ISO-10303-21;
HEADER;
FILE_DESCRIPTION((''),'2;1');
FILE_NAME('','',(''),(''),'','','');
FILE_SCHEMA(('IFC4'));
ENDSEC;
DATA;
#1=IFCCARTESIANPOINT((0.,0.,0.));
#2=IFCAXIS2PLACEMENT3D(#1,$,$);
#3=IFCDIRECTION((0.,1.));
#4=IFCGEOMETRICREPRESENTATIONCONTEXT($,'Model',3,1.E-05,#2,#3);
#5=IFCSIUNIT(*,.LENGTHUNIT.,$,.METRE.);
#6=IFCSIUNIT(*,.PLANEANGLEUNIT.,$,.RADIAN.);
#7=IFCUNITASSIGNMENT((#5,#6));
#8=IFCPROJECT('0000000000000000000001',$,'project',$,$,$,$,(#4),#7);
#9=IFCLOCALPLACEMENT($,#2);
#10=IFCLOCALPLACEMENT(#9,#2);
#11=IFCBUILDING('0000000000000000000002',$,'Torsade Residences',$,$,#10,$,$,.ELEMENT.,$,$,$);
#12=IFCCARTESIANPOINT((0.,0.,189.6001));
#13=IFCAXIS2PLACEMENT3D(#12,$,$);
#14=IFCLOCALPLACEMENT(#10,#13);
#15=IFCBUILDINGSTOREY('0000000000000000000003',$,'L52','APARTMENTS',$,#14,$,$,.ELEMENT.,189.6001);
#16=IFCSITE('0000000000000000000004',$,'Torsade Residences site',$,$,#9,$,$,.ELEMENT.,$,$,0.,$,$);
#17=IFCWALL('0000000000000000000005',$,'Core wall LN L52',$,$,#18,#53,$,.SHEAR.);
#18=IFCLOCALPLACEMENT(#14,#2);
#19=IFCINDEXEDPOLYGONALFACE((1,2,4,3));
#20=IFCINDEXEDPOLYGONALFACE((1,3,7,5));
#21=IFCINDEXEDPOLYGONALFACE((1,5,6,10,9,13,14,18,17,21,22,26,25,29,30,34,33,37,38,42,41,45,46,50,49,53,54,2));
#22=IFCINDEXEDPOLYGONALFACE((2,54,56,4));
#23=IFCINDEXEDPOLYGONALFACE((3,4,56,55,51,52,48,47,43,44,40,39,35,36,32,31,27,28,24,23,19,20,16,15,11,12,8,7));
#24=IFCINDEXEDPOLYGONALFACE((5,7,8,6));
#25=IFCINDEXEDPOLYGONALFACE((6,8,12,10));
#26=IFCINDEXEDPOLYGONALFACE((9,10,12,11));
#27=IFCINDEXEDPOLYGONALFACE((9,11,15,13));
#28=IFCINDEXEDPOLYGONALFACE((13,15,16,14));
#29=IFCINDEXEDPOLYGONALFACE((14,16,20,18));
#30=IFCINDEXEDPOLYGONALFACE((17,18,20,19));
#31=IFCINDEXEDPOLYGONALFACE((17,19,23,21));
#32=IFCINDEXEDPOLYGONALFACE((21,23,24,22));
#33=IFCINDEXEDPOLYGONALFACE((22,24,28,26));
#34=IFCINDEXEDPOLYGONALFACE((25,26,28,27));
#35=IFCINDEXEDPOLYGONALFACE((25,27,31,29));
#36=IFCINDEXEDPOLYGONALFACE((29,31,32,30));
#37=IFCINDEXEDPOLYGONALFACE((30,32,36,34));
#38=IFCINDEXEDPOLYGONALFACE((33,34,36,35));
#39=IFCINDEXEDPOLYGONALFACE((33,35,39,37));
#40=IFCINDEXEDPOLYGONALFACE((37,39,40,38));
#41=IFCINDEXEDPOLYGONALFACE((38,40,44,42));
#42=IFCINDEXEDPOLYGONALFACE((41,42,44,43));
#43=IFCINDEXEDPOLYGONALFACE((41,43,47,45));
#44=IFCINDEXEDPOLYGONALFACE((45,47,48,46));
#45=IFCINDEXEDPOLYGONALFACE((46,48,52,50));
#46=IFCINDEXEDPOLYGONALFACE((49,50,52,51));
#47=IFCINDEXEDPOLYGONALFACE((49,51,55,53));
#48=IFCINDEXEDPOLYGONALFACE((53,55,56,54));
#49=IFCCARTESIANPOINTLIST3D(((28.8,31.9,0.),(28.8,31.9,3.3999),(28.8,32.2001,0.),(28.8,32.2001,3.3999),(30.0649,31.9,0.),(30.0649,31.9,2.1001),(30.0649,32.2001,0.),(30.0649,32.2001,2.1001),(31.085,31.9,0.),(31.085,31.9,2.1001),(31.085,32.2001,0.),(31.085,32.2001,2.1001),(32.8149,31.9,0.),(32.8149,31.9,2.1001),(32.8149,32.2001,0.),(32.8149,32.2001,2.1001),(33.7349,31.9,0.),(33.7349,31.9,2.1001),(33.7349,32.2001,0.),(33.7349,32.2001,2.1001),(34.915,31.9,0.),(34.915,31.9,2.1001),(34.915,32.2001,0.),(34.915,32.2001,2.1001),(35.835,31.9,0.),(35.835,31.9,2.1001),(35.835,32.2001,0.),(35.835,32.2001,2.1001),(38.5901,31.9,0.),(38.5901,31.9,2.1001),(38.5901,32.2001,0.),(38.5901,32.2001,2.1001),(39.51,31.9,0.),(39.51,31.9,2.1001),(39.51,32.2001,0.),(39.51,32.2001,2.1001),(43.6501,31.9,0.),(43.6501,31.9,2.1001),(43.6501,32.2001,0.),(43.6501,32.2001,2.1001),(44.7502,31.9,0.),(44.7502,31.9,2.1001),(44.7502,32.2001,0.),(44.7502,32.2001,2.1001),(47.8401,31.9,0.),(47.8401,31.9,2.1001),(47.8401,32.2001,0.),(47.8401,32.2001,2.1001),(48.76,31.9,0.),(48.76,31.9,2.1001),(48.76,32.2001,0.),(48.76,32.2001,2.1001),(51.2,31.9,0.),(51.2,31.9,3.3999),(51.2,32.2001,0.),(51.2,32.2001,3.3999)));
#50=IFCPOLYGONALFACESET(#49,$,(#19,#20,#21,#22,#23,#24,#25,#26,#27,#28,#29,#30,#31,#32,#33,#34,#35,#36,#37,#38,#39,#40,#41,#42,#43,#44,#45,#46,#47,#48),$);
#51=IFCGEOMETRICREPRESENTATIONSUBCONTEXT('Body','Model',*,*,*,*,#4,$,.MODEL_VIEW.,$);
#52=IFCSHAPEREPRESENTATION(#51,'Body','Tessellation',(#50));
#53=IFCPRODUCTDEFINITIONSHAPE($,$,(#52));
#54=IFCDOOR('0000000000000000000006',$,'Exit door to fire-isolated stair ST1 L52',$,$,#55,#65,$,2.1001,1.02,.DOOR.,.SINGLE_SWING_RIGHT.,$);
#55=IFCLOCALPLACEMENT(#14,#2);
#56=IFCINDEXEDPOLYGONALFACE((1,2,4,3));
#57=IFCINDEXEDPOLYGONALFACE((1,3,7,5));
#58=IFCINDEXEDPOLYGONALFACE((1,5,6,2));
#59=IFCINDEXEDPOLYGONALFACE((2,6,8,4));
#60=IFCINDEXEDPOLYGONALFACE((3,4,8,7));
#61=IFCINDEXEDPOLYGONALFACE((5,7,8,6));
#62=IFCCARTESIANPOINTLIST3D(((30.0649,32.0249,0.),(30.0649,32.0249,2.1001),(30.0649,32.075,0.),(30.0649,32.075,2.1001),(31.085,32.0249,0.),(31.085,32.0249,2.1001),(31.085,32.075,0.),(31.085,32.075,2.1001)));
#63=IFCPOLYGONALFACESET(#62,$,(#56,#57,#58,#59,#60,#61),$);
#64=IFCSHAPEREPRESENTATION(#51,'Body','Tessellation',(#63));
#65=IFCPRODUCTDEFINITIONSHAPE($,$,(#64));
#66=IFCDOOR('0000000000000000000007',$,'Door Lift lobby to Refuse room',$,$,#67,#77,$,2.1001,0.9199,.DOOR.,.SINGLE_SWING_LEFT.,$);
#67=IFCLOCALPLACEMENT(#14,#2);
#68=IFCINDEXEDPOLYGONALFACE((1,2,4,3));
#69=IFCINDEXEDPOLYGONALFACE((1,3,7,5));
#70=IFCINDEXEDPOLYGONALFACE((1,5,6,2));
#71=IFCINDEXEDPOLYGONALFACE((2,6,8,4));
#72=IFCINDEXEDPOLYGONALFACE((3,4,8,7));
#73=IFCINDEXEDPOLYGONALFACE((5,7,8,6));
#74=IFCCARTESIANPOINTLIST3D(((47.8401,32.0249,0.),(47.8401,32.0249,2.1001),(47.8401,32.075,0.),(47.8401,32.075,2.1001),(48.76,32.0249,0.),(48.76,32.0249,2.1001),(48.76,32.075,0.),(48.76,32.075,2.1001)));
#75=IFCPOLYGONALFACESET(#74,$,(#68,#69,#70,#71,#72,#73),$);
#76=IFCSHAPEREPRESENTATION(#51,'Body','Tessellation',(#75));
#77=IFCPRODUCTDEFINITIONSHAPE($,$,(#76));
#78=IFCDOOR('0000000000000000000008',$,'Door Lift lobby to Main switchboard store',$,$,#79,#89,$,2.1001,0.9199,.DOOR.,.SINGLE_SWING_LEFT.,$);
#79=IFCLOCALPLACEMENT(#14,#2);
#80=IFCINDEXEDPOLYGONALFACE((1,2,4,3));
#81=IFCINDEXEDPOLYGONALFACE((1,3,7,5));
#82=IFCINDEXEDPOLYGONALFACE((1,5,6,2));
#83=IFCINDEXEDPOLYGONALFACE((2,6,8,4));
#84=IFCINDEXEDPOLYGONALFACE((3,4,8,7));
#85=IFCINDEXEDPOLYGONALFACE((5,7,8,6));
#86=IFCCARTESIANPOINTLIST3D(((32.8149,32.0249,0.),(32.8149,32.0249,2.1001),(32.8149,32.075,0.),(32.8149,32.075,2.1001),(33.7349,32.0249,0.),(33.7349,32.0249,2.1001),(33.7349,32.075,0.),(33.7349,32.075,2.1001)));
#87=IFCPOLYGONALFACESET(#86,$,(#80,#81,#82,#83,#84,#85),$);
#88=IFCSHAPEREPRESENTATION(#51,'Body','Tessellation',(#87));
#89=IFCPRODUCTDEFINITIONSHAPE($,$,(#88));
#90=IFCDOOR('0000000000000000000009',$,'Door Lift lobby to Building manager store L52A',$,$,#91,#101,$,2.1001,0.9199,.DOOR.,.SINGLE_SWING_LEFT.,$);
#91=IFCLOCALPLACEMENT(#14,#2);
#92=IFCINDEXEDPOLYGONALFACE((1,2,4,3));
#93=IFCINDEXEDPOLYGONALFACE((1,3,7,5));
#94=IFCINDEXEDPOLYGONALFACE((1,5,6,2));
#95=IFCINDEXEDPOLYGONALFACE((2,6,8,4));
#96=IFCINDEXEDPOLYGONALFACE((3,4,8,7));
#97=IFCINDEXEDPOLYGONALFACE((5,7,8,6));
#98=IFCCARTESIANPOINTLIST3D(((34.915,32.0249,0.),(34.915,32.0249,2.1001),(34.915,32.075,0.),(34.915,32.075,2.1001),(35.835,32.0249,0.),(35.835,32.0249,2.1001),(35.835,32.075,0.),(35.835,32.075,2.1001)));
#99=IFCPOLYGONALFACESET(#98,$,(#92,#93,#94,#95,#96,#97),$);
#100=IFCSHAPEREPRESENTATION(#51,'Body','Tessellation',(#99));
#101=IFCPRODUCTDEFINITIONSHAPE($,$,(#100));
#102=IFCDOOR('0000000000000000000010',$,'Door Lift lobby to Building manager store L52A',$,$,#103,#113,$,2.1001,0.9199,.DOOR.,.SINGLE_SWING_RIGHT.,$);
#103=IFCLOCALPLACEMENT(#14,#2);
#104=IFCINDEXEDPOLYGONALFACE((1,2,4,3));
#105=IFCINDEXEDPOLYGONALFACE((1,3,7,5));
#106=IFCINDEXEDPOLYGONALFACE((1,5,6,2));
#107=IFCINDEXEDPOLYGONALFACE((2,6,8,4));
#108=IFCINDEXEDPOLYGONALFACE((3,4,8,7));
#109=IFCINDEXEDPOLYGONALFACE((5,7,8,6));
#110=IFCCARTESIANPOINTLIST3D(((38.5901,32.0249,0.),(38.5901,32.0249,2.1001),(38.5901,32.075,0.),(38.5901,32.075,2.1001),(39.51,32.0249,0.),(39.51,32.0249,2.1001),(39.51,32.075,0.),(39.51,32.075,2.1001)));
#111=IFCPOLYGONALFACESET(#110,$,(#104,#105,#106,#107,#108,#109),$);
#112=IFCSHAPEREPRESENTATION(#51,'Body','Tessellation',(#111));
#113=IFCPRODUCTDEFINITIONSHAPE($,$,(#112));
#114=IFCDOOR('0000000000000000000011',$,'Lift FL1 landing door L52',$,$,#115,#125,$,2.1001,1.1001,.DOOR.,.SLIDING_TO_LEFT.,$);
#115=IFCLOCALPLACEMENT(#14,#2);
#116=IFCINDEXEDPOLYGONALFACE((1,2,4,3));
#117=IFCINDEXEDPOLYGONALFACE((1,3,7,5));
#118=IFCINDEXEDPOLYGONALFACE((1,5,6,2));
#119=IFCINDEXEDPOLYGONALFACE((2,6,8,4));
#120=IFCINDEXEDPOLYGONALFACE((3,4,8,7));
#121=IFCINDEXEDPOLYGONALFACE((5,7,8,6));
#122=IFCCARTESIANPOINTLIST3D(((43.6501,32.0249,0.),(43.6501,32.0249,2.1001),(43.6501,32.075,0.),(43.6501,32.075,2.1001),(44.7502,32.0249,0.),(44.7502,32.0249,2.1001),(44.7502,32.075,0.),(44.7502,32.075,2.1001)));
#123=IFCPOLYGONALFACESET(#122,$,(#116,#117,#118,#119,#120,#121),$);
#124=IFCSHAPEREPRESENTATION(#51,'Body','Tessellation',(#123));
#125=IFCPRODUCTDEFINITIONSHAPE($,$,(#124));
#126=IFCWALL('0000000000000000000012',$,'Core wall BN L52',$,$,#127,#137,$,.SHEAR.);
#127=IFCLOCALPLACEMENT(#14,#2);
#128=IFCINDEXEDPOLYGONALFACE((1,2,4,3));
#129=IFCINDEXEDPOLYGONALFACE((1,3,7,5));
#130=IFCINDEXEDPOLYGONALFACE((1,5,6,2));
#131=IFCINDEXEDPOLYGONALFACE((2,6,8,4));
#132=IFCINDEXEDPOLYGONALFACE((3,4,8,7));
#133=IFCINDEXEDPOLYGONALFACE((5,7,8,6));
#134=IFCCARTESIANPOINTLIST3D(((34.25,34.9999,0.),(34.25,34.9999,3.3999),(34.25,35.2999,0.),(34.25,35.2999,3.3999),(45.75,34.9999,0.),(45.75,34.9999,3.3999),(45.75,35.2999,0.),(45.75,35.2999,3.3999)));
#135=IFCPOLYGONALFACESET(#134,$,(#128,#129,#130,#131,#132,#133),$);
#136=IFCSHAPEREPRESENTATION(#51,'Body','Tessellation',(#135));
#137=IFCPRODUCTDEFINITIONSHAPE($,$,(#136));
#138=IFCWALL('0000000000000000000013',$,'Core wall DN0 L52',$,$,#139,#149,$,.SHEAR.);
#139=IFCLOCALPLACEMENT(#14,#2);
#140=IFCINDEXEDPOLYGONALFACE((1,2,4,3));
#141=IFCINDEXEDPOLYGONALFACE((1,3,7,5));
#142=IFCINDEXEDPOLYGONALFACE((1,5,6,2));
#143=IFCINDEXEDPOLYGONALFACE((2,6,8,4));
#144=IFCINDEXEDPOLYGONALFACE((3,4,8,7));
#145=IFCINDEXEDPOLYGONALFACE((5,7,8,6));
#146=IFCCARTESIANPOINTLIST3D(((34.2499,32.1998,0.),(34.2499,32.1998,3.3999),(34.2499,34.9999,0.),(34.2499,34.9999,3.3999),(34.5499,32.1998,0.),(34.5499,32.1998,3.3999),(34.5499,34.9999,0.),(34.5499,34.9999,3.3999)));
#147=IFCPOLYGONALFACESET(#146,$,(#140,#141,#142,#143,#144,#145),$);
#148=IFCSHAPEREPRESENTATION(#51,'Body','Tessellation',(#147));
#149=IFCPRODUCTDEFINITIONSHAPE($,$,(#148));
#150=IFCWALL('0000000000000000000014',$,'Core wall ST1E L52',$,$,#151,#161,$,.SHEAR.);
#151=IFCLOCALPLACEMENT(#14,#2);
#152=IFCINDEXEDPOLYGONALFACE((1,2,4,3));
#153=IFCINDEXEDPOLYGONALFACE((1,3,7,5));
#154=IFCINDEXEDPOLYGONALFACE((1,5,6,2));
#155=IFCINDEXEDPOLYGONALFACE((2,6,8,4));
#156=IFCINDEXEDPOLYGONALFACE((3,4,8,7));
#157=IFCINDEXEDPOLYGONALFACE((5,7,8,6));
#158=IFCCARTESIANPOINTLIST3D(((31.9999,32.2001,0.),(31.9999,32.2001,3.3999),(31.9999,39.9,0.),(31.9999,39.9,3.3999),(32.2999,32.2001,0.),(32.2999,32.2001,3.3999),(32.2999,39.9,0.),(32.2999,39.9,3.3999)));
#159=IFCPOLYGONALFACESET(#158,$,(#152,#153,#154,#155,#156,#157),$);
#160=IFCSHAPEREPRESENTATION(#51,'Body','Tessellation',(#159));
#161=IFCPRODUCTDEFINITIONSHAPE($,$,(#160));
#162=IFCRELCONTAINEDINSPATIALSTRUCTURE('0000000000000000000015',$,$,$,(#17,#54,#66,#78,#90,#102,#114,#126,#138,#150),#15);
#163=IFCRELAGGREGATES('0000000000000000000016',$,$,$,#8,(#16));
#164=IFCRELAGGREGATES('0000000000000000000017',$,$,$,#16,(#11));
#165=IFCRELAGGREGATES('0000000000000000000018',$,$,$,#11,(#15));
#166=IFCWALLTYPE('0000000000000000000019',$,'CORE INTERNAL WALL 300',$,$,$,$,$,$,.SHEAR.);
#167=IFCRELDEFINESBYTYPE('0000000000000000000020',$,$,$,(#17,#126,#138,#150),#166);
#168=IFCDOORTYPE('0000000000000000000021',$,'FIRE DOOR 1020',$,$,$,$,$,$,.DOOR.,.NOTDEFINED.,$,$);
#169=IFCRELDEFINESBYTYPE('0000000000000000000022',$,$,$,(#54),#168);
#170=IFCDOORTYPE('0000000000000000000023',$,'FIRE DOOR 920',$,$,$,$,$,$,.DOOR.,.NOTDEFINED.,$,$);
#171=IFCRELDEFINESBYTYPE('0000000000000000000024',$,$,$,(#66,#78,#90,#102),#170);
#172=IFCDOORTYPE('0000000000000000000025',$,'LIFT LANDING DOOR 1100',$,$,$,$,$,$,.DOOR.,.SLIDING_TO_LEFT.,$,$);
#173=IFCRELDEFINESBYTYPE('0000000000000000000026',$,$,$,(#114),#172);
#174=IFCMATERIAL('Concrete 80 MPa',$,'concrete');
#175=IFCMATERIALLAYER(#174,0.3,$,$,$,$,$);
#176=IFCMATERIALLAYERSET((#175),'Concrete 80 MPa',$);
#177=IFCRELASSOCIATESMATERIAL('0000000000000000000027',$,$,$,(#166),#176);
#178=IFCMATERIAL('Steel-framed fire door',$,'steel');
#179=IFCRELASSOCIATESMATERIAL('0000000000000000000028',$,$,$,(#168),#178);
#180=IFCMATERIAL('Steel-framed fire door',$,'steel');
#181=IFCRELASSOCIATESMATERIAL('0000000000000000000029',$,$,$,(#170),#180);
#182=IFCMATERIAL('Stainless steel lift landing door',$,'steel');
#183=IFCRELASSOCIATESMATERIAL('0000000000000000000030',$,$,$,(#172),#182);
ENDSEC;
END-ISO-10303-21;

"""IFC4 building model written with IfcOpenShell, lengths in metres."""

from ifc_helpers import new_model, si_unit, direction, frame, frame_2d, origin, place, context, subcontext, project, spatial, rectangle, extrude, material, layer, layer_set, type_object, element, fill, save


model = new_model("IFC4")

# Units and contexts
model_context = context("Model", 3, precision=1e-05, world=origin(), true_north=direction((0.0, 1.0)))
body_context = subcontext(model_context, "Body", "Model", "MODEL_VIEW")
ifc_project = project(units=[si_unit("LENGTHUNIT", "METRE"), si_unit("PLANEANGLEUNIT", "RADIAN")], contexts=[model_context])

# Site, building, storey
site_placement = place(None, origin())
site = spatial("IfcSite", under=ifc_project, at=site_placement, Name="Torsade Residences site", CompositionType="ELEMENT", RefElevation=0.0)
building_placement = place(site_placement, origin())
building = spatial("IfcBuilding", under=site, at=building_placement, Name="Torsade Residences", CompositionType="ELEMENT")
storey_placement = place(building_placement, frame((0.0, 0.0, 189.6001)))
storey = spatial("IfcBuildingStorey", under=building, at=storey_placement, Name="L52", Description="APARTMENTS", CompositionType="ELEMENT", Elevation=189.6001)

# Wall, openings, doors
ifc_material_1 = material(Name="Concrete 80 MPa", Category="concrete")
ifc_layer_1 = layer(ifc_material_1, 0.3)
ifc_layer_set_1 = layer_set([ifc_layer_1], Name="Concrete 80 MPa")
wall_type_1 = type_object("IfcWallType", Name="CORE INTERNAL WALL 300", PredefinedType="SHEAR", material=ifc_layer_set_1)
wall_1_placement = place(storey_placement, frame((28.8, 32.05, 0.0), z_axis=(0.0, 0.0, 1.0), x_axis=(1.0, 0.0, 0.0)))
wall_1 = element("IfcWall", 1, at=wall_1_placement, inside=storey, type_object=wall_type_1, Name="Core wall LN L52", PredefinedType="SHEAR", context=body_context, shape_type="SweptSolid", body=[
    extrude(rectangle(XDim=22.3999, YDim=0.3, at=frame_2d((11.2, 0.0))), origin(), (0.0, 0.0, 1.0), 3.3999),
])
opening_1_placement = place(wall_1_placement, frame((19.04, 0.0, 0.0)))
opening_1 = element("IfcOpeningElement", 2, at=opening_1_placement, cuts=wall_1, PredefinedType="OPENING", context=body_context, shape_type="SweptSolid", body=[
    extrude(rectangle(XDim=0.9199, YDim=2.1001, at=frame_2d((0.46, 1.05))), frame((0.0, 0.1599, 0.0), z_axis=(0.0, -1.0, 0.0), x_axis=(1.0, 0.0, 0.0)), (0.0, 0.0, 1.0), 0.3201),
])
opening_2_placement = place(wall_1_placement, frame((1.2649, 0.0, 0.0)))
opening_2 = element("IfcOpeningElement", 3, at=opening_2_placement, cuts=wall_1, PredefinedType="OPENING", context=body_context, shape_type="SweptSolid", body=[
    extrude(rectangle(XDim=1.02, YDim=2.1001, at=frame_2d((0.51, 1.05))), frame((0.0, 0.1599, 0.0), z_axis=(0.0, -1.0, 0.0), x_axis=(1.0, 0.0, 0.0)), (0.0, 0.0, 1.0), 0.3201),
])
opening_3_placement = place(wall_1_placement, frame((4.0149, 0.0, 0.0)))
opening_3 = element("IfcOpeningElement", 4, at=opening_3_placement, cuts=wall_1, PredefinedType="OPENING", context=body_context, shape_type="SweptSolid", body=[
    extrude(rectangle(XDim=0.9199, YDim=2.1001, at=frame_2d((0.46, 1.05))), frame((0.0, 0.1599, 0.0), z_axis=(0.0, -1.0, 0.0), x_axis=(1.0, 0.0, 0.0)), (0.0, 0.0, 1.0), 0.3201),
])
opening_4_placement = place(wall_1_placement, frame((6.115, 0.0, 0.0)))
opening_4 = element("IfcOpeningElement", 5, at=opening_4_placement, cuts=wall_1, PredefinedType="OPENING", context=body_context, shape_type="SweptSolid", body=[
    extrude(rectangle(XDim=0.9199, YDim=2.1001, at=frame_2d((0.46, 1.05))), frame((0.0, 0.1599, 0.0), z_axis=(0.0, -1.0, 0.0), x_axis=(1.0, 0.0, 0.0)), (0.0, 0.0, 1.0), 0.3201),
])
opening_5_placement = place(wall_1_placement, frame((9.79, 0.0, 0.0)))
opening_5 = element("IfcOpeningElement", 6, at=opening_5_placement, cuts=wall_1, PredefinedType="OPENING", context=body_context, shape_type="SweptSolid", body=[
    extrude(rectangle(XDim=0.9199, YDim=2.1001, at=frame_2d((0.46, 1.05))), frame((0.0, 0.1599, 0.0), z_axis=(0.0, -1.0, 0.0), x_axis=(1.0, 0.0, 0.0)), (0.0, 0.0, 1.0), 0.3201),
])
opening_6_placement = place(wall_1_placement, frame((14.8501, 0.0, 0.0)))
opening_6 = element("IfcOpeningElement", 7, at=opening_6_placement, cuts=wall_1, PredefinedType="OPENING", context=body_context, shape_type="SweptSolid", body=[
    extrude(rectangle(XDim=1.1001, YDim=2.1001, at=frame_2d((0.55, 1.05))), frame((0.0, 0.1599, 0.0), z_axis=(0.0, -1.0, 0.0), x_axis=(1.0, 0.0, 0.0)), (0.0, 0.0, 1.0), 0.3201),
])
ifc_material_2 = material(Name="Steel-framed fire door", Category="steel")
door_type_1 = type_object("IfcDoorType", Name="FIRE DOOR 1020", OperationType="NOTDEFINED", PredefinedType="DOOR", material=ifc_material_2)
door_1_placement = place(opening_2_placement, origin())
door_1 = element("IfcDoor", 8, at=door_1_placement, inside=storey, type_object=door_type_1, Name="Exit door to fire-isolated stair ST1 L52", OperationType="SINGLE_SWING_RIGHT", OverallHeight=2.1001, OverallWidth=1.02, PredefinedType="DOOR", context=body_context, shape_type="SweptSolid", body=[
    extrude(rectangle(XDim=1.02, YDim=2.1001, at=frame_2d((0.51, 1.05))), frame((0.0, 0.0249, 0.0), z_axis=(0.0, -1.0, 0.0), x_axis=(1.0, 0.0, 0.0)), (0.0, 0.0, 1.0), 0.05),
])
fill(opening_2, door_1)
ifc_material_3 = material(Name="Steel-framed fire door", Category="steel")
door_type_2 = type_object("IfcDoorType", Name="FIRE DOOR 920", OperationType="NOTDEFINED", PredefinedType="DOOR", material=ifc_material_3)
door_2_placement = place(opening_1_placement, origin())
door_2 = element("IfcDoor", 9, at=door_2_placement, inside=storey, type_object=door_type_2, Name="Door Lift lobby to Refuse room", OperationType="SINGLE_SWING_LEFT", OverallHeight=2.1001, OverallWidth=0.9199, PredefinedType="DOOR", context=body_context, shape_type="SweptSolid", body=[
    extrude(rectangle(XDim=0.9199, YDim=2.1001, at=frame_2d((0.46, 1.05))), frame((0.0, 0.0249, 0.0), z_axis=(0.0, -1.0, 0.0), x_axis=(1.0, 0.0, 0.0)), (0.0, 0.0, 1.0), 0.05),
])
fill(opening_1, door_2)
door_3_placement = place(opening_3_placement, origin())
door_3 = element("IfcDoor", 10, at=door_3_placement, inside=storey, type_object=door_type_2, Name="Door Lift lobby to Main switchboard store", OperationType="SINGLE_SWING_LEFT", OverallHeight=2.1001, OverallWidth=0.9199, PredefinedType="DOOR", context=body_context, shape_type="SweptSolid", body=[
    extrude(rectangle(XDim=0.9199, YDim=2.1001, at=frame_2d((0.46, 1.05))), frame((0.0, 0.0249, 0.0), z_axis=(0.0, -1.0, 0.0), x_axis=(1.0, 0.0, 0.0)), (0.0, 0.0, 1.0), 0.05),
])
fill(opening_3, door_3)
door_4_placement = place(opening_4_placement, origin())
door_4 = element("IfcDoor", 11, at=door_4_placement, inside=storey, type_object=door_type_2, Name="Door Lift lobby to Building manager store L52A", OperationType="SINGLE_SWING_LEFT", OverallHeight=2.1001, OverallWidth=0.9199, PredefinedType="DOOR", context=body_context, shape_type="SweptSolid", body=[
    extrude(rectangle(XDim=0.9199, YDim=2.1001, at=frame_2d((0.46, 1.05))), frame((0.0, 0.0249, 0.0), z_axis=(0.0, -1.0, 0.0), x_axis=(1.0, 0.0, 0.0)), (0.0, 0.0, 1.0), 0.05),
])
fill(opening_4, door_4)
door_5_placement = place(opening_5_placement, origin())
door_5 = element("IfcDoor", 12, at=door_5_placement, inside=storey, type_object=door_type_2, Name="Door Lift lobby to Building manager store L52A", OperationType="SINGLE_SWING_RIGHT", OverallHeight=2.1001, OverallWidth=0.9199, PredefinedType="DOOR", context=body_context, shape_type="SweptSolid", body=[
    extrude(rectangle(XDim=0.9199, YDim=2.1001, at=frame_2d((0.46, 1.05))), frame((0.0, 0.0249, 0.0), z_axis=(0.0, -1.0, 0.0), x_axis=(1.0, 0.0, 0.0)), (0.0, 0.0, 1.0), 0.05),
])
fill(opening_5, door_5)
ifc_material_4 = material(Name="Stainless steel lift landing door", Category="steel")
door_type_3 = type_object("IfcDoorType", Name="LIFT LANDING DOOR 1100", OperationType="SLIDING_TO_LEFT", PredefinedType="DOOR", material=ifc_material_4)
door_6_placement = place(opening_6_placement, origin())
door_6 = element("IfcDoor", 13, at=door_6_placement, inside=storey, type_object=door_type_3, Name="Lift FL1 landing door L52", OperationType="SLIDING_TO_LEFT", OverallHeight=2.1001, OverallWidth=1.1001, PredefinedType="DOOR", context=body_context, shape_type="SweptSolid", body=[
    extrude(rectangle(XDim=1.1001, YDim=2.1001, at=frame_2d((0.55, 1.05))), frame((0.0, 0.0249, 0.0), z_axis=(0.0, -1.0, 0.0), x_axis=(1.0, 0.0, 0.0)), (0.0, 0.0, 1.0), 0.05),
])
fill(opening_6, door_6)

# Walls
wall_2_placement = place(storey_placement, frame((34.25, 35.1499, 0.0), z_axis=(0.0, 0.0, 1.0), x_axis=(1.0, 0.0, 0.0)))
element("IfcWall", 14, at=wall_2_placement, inside=storey, type_object=wall_type_1, Name="Core wall BN L52", PredefinedType="SHEAR", context=body_context, shape_type="SweptSolid", body=[
    extrude(rectangle(XDim=11.5, YDim=0.3, at=frame_2d((5.75, 0.0))), origin(), (0.0, 0.0, 1.0), 3.3999),
])
wall_3_placement = place(storey_placement, frame((34.3999, 32.2, 0.0), z_axis=(0.0, 0.0, 1.0), x_axis=(0.0, 1.0, 0.0)))
element("IfcWall", 15, at=wall_3_placement, inside=storey, type_object=wall_type_1, Name="Core wall DN0 L52", PredefinedType="SHEAR", context=body_context, shape_type="SweptSolid", body=[
    extrude(rectangle(XDim=2.8, YDim=0.3, at=frame_2d((1.3999, 0.0))), origin(), (0.0, 0.0, 1.0), 3.3999),
])
wall_4_placement = place(storey_placement, frame((32.1499, 32.2, 0.0), z_axis=(0.0, 0.0, 1.0), x_axis=(0.0, 1.0, 0.0)))
element("IfcWall", 16, at=wall_4_placement, inside=storey, type_object=wall_type_1, Name="Core wall ST1E L52", PredefinedType="SHEAR", context=body_context, shape_type="SweptSolid", body=[
    extrude(rectangle(XDim=7.7, YDim=0.3, at=frame_2d((3.8501, 0.0))), origin(), (0.0, 0.0, 1.0), 3.3999),
])

save(model, "model.ifc")
